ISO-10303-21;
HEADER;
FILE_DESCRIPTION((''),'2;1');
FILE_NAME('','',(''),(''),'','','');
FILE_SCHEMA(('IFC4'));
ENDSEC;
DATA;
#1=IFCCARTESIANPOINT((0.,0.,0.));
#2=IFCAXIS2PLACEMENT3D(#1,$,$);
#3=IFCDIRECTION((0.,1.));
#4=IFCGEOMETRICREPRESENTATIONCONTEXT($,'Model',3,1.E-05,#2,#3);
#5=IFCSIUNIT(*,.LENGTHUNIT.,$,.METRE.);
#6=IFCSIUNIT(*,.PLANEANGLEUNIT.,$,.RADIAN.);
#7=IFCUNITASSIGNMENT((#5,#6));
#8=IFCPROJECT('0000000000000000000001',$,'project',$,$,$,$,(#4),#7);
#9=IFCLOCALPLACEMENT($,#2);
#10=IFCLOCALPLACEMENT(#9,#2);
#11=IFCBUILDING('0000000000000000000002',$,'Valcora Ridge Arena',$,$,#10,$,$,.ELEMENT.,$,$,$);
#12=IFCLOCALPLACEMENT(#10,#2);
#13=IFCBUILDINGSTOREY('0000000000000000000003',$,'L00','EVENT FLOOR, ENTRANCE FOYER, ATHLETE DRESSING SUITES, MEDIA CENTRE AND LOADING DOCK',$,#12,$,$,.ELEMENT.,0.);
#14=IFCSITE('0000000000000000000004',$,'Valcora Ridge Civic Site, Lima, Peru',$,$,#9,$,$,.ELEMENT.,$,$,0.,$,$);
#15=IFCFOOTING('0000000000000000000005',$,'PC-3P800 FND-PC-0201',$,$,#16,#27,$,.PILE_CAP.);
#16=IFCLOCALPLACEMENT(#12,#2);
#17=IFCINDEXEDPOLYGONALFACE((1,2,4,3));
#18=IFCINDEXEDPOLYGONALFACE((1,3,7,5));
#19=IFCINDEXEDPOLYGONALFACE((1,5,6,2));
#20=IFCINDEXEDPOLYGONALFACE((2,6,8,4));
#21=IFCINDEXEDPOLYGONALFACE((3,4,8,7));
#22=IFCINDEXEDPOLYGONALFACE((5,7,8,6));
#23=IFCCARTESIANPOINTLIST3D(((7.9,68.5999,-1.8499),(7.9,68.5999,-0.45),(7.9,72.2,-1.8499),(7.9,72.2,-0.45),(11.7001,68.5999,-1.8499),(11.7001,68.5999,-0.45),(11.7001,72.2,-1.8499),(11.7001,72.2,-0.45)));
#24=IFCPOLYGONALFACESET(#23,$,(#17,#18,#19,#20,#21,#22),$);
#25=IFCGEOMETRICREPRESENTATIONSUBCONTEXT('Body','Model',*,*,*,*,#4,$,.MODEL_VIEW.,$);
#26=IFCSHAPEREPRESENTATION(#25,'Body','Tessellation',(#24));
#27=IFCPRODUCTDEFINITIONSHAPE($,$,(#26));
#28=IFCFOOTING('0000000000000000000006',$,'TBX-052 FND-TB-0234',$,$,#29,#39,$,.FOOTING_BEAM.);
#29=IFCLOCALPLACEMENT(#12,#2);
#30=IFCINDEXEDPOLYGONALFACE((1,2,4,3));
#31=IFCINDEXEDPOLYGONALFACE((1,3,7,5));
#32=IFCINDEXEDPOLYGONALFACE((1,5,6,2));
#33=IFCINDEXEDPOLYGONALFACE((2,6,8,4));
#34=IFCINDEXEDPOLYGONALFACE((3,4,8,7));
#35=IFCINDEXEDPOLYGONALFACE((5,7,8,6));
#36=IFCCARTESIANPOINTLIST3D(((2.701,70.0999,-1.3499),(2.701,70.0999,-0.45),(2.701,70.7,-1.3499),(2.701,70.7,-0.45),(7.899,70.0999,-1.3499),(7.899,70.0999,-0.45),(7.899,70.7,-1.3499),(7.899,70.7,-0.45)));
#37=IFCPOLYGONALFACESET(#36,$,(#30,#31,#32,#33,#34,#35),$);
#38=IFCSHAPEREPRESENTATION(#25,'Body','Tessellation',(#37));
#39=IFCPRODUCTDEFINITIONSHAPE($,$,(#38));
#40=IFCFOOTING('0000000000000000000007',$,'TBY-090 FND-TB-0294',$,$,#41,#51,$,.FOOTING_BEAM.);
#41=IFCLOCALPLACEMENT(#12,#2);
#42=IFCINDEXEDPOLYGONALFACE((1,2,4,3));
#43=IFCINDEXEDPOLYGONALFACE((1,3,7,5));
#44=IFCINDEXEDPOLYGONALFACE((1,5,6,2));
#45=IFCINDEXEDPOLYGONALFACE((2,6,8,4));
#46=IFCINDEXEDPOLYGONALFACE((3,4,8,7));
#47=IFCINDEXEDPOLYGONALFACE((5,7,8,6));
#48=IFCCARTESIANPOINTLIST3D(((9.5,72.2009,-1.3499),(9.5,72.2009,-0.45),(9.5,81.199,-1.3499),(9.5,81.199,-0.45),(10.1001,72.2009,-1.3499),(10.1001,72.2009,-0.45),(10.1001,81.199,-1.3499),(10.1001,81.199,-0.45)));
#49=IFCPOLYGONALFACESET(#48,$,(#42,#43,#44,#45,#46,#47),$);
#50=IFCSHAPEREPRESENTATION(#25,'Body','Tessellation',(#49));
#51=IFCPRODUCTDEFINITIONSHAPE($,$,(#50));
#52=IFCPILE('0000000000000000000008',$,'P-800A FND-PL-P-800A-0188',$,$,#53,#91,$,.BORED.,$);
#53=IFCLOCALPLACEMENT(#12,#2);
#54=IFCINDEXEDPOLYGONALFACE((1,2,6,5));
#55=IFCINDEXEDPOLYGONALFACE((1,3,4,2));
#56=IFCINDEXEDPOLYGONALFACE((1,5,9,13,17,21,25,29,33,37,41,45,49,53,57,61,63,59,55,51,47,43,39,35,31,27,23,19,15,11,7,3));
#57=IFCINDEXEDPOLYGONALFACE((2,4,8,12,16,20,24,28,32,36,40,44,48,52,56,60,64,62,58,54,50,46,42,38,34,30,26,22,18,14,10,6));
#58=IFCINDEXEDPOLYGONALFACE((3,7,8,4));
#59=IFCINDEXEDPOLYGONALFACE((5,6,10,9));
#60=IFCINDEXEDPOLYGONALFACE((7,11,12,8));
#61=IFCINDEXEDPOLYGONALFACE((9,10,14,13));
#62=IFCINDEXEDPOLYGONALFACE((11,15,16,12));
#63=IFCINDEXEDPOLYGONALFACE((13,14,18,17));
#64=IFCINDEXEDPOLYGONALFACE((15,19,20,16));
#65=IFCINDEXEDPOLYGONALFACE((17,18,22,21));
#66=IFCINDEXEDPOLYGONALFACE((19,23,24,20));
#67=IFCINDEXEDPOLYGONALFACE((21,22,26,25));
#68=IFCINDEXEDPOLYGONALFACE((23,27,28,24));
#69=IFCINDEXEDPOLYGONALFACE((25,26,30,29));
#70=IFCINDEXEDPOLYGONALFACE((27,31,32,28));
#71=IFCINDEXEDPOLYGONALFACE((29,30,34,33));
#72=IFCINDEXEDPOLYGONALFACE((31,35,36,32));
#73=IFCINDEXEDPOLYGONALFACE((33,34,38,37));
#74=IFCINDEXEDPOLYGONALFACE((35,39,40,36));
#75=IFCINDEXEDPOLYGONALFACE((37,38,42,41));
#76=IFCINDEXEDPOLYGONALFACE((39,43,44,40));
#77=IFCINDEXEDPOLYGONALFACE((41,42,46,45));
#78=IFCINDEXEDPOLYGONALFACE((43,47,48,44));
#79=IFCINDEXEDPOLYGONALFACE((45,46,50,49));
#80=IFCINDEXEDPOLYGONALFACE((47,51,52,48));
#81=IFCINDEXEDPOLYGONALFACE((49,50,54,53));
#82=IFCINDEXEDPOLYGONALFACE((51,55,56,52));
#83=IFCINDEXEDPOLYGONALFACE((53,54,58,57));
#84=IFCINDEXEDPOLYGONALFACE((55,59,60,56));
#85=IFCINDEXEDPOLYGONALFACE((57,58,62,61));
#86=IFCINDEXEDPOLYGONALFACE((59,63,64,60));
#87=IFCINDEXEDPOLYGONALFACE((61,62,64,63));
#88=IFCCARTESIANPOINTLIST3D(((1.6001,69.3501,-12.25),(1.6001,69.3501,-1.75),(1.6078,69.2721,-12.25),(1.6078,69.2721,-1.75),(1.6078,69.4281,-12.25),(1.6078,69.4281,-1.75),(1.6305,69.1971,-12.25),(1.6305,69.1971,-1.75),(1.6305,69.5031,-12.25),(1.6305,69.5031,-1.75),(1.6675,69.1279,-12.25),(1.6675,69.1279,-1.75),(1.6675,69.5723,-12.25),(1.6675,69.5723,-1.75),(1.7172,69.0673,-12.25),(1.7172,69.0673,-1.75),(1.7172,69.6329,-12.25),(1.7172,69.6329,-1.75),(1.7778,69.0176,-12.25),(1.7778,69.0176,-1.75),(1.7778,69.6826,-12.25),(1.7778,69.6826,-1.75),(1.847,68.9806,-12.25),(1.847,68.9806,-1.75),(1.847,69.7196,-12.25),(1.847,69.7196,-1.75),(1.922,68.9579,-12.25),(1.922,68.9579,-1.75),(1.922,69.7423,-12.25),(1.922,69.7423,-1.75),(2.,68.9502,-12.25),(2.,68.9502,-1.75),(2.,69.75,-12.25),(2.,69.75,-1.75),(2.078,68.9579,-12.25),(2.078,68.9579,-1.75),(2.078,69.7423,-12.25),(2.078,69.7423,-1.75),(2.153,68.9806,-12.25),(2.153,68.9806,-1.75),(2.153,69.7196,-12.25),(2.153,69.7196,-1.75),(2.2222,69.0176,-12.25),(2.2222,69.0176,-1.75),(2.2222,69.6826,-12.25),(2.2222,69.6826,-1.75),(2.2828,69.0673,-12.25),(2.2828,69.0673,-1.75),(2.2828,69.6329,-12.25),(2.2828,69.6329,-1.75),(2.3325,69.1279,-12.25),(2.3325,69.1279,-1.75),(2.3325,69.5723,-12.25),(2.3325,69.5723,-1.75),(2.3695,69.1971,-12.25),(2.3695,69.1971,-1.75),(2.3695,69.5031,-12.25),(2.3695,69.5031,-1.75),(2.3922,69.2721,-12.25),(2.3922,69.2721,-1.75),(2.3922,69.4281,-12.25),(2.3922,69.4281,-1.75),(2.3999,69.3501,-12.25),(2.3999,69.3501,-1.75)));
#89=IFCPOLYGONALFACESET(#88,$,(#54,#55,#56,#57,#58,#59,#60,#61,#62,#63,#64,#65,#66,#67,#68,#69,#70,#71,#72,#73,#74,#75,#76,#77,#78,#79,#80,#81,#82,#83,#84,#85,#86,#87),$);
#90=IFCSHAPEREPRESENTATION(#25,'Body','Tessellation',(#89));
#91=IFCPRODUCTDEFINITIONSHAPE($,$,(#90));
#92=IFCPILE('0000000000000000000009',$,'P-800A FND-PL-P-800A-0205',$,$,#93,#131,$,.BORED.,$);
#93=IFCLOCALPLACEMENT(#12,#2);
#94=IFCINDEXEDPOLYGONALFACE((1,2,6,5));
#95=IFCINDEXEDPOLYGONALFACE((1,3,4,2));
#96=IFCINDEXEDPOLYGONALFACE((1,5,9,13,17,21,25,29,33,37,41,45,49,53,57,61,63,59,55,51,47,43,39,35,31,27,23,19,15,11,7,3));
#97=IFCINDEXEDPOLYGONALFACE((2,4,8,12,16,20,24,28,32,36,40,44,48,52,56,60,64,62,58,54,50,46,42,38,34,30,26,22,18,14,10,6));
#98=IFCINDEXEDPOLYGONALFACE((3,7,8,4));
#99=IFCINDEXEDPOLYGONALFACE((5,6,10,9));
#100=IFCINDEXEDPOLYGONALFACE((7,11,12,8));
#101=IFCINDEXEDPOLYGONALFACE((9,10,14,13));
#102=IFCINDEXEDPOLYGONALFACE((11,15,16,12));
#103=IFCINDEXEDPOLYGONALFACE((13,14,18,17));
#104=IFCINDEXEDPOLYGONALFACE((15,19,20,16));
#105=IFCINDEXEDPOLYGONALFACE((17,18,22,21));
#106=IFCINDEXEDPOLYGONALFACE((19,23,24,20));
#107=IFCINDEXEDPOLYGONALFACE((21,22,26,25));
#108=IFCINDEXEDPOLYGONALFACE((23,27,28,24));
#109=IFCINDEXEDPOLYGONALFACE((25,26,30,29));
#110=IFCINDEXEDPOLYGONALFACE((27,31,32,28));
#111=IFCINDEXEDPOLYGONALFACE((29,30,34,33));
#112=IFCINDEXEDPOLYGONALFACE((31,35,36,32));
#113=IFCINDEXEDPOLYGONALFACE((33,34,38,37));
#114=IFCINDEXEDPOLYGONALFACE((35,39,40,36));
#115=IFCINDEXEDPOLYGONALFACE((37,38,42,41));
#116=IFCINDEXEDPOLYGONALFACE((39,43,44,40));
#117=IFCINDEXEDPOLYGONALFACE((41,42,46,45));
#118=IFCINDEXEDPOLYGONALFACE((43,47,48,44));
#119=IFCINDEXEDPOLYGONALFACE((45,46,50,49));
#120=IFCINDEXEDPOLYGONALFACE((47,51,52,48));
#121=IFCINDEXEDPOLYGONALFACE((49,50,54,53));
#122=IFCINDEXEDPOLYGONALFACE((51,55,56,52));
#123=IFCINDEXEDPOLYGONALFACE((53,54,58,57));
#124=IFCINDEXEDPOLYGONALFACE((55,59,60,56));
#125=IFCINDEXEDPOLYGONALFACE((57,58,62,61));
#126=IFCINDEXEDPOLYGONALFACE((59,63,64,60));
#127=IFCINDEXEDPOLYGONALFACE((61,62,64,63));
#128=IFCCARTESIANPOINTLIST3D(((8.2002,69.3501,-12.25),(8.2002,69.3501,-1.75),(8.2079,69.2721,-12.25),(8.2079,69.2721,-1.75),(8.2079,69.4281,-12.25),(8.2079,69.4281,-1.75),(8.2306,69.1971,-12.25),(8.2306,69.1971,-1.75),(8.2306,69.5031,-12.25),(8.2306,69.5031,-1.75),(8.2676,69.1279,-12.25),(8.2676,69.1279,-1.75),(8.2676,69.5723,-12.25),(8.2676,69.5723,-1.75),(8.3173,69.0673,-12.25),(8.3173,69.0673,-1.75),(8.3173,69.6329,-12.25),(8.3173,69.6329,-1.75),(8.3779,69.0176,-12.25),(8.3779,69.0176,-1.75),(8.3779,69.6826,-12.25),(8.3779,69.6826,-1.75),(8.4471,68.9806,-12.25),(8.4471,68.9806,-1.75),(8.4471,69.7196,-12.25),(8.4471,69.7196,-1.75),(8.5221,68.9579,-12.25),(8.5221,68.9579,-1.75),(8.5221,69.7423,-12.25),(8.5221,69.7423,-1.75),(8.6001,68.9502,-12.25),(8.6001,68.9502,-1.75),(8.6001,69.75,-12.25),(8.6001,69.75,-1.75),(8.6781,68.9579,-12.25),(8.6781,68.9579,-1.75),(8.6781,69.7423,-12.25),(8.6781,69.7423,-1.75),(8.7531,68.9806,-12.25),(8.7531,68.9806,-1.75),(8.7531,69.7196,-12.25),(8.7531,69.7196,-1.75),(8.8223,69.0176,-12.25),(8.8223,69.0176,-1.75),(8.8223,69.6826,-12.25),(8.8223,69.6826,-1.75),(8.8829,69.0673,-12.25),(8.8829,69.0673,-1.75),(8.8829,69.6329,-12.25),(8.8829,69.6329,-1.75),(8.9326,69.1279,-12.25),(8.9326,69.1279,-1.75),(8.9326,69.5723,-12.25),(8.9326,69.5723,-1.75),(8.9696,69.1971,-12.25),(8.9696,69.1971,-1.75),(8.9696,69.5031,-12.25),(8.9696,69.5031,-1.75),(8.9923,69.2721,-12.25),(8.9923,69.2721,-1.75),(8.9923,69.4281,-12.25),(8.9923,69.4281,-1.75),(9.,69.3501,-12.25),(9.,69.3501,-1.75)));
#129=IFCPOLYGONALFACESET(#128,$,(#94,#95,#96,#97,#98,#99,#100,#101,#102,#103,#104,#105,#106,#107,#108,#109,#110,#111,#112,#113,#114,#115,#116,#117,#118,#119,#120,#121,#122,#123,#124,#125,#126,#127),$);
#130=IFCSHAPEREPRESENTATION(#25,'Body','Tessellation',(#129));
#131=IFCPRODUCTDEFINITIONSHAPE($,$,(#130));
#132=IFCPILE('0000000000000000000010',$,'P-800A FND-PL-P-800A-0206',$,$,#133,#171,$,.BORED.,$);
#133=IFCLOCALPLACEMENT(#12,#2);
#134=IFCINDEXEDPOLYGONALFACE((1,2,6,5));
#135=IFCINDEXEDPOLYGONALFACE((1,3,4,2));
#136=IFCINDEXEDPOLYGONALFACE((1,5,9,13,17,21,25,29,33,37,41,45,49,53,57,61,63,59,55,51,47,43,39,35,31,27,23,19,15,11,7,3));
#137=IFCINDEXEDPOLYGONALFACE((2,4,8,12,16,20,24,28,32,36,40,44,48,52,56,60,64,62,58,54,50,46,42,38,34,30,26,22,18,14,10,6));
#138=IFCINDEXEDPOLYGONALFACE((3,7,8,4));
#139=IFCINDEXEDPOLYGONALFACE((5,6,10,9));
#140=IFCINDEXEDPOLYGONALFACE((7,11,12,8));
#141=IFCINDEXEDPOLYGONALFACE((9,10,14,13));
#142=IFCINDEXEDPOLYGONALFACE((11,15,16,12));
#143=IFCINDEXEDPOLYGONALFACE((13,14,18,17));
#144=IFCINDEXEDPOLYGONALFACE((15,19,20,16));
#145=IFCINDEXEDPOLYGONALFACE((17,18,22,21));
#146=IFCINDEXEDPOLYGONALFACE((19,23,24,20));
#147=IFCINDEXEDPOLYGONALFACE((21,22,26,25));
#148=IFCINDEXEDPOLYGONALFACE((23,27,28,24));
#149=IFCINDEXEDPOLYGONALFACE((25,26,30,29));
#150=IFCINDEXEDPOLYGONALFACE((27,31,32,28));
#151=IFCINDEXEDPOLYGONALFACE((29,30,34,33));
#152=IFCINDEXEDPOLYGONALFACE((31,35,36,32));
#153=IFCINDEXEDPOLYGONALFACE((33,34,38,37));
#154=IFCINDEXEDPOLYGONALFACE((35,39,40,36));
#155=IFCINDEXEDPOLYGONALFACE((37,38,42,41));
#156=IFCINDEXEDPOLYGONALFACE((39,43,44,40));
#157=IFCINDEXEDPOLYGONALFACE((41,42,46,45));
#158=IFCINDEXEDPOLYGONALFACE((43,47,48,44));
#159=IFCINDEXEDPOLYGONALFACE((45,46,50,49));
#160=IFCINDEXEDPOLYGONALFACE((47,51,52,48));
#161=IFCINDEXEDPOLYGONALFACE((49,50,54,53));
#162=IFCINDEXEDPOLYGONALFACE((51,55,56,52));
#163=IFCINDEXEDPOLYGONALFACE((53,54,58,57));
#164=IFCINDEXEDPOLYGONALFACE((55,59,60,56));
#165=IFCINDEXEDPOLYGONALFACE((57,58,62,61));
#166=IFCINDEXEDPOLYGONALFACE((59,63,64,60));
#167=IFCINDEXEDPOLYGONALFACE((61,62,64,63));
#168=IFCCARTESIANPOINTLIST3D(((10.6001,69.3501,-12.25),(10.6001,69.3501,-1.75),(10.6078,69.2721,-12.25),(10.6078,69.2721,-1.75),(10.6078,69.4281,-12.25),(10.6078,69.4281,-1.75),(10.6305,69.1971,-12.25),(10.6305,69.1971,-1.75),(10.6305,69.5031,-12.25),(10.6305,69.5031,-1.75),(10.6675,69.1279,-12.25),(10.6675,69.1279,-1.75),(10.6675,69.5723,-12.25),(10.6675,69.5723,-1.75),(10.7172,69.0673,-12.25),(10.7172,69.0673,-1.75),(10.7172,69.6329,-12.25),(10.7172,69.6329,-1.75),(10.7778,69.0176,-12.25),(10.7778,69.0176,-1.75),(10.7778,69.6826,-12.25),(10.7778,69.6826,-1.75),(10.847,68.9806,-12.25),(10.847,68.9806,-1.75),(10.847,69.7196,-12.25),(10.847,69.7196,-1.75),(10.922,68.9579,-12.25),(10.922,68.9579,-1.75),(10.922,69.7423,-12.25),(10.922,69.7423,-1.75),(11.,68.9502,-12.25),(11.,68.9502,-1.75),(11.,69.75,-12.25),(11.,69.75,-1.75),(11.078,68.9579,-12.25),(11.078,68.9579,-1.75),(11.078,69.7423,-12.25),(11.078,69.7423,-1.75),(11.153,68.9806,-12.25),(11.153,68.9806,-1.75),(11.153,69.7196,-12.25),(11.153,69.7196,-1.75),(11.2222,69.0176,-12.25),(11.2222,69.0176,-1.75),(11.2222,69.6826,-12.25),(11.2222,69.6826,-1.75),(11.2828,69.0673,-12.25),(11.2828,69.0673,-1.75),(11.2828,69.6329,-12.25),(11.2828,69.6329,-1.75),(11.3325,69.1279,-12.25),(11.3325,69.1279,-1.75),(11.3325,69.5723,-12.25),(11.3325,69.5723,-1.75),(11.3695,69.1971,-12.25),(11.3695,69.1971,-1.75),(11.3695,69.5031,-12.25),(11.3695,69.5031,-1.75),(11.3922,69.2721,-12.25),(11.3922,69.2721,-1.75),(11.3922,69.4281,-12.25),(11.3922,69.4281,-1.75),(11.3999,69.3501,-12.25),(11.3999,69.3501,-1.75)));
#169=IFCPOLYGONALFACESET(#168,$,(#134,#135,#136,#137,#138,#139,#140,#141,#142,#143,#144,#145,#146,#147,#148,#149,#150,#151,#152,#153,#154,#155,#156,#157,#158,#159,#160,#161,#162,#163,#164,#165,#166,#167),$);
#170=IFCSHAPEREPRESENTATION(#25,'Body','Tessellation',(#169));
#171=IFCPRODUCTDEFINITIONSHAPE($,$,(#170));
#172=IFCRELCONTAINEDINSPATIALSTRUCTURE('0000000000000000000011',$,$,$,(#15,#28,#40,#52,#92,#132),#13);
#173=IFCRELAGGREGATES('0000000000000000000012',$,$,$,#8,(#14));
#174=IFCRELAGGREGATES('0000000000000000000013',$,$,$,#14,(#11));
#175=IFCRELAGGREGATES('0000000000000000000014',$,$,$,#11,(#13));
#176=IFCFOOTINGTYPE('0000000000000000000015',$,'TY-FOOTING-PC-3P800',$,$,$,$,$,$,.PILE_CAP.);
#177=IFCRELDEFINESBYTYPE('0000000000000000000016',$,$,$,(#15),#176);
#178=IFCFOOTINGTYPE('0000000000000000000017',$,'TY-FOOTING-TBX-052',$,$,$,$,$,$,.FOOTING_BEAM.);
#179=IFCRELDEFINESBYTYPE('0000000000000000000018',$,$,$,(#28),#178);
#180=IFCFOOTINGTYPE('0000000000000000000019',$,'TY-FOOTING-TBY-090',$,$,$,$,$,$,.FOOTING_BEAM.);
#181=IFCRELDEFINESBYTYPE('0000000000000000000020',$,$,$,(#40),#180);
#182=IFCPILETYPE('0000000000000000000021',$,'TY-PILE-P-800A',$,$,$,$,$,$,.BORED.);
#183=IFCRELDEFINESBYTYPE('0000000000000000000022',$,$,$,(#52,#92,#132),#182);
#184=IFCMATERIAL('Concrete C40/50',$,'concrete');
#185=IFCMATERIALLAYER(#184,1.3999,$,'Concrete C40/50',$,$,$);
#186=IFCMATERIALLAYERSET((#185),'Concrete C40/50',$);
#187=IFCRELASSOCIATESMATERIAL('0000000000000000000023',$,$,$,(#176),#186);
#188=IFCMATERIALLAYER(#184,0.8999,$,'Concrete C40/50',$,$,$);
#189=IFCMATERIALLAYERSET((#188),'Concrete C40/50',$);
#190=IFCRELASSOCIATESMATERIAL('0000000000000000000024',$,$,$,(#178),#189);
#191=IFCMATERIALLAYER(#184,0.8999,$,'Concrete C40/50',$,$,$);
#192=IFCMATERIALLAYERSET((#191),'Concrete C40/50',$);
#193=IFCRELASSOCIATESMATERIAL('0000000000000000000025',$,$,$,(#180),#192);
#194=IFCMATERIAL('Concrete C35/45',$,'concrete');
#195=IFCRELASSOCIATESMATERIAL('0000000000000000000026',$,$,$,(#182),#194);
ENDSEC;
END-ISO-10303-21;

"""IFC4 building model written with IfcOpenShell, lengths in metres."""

from ifc_helpers import new_model, si_unit, direction, frame, origin, origin_2d, place, context, subcontext, project, spatial, rectangle, circle, extrude, material, layer, layer_set, material_profile, profile_set, type_object, element, save


model = new_model("IFC4")

# Units and contexts
model_context = context("Model", 3, precision=1e-05, world=origin(), true_north=direction((0.0, 1.0)))
body_context = subcontext(model_context, "Body", "Model", "MODEL_VIEW")
ifc_project = project(units=[si_unit("LENGTHUNIT", "METRE"), si_unit("PLANEANGLEUNIT", "RADIAN")], contexts=[model_context])

# Site, building, storey
site_placement = place(None, origin())
site = spatial("IfcSite", under=ifc_project, at=site_placement, Name="Valcora Ridge Civic Site, Lima, Peru", CompositionType="ELEMENT", RefElevation=0.0)
building_placement = place(site_placement, origin())
building = spatial("IfcBuilding", under=site, at=building_placement, Name="Valcora Ridge Arena", CompositionType="ELEMENT")
storey_placement = place(building_placement, origin())
storey = spatial("IfcBuildingStorey", under=building, at=storey_placement, Name="L00", Description="EVENT FLOOR, ENTRANCE FOYER, ATHLETE DRESSING SUITES, MEDIA CENTRE AND LOADING DOCK", CompositionType="ELEMENT", Elevation=0.0)

# Footings
ifc_material_1 = material(Name="Concrete C40/50", Category="concrete")
ifc_layer_1 = layer(ifc_material_1, 1.3999, Name="Concrete C40/50")
ifc_layer_set_1 = layer_set([ifc_layer_1], Name="Concrete C40/50")
footing_type_1 = type_object("IfcFootingType", Name="TY-FOOTING-PC-3P800", PredefinedType="PILE_CAP", material=ifc_layer_set_1)
footing_1_placement = place(storey_placement, frame((9.8, 70.3999, -1.8499), z_axis=(0.0, 0.0, 1.0), x_axis=(1.0, 0.0, 0.0)))
element("IfcFooting", 1, at=footing_1_placement, inside=storey, type_object=footing_type_1, Name="PC-3P800 FND-PC-0201", PredefinedType="PILE_CAP", context=body_context, shape_type="SweptSolid", body=[
    extrude(rectangle(XDim=3.8, YDim=3.6001, at=origin_2d()), origin(), (0.0, 0.0, 1.0), 1.3999),
])
ifc_layer_2 = layer(ifc_material_1, 0.8999, Name="Concrete C40/50")
ifc_layer_set_2 = layer_set([ifc_layer_2], Name="Concrete C40/50")
footing_type_2 = type_object("IfcFootingType", Name="TY-FOOTING-TBX-052", PredefinedType="FOOTING_BEAM", material=ifc_layer_set_2)
footing_2_placement = place(storey_placement, frame((5.3, 70.3999, -1.3499), z_axis=(0.0, 0.0, 1.0), x_axis=(1.0, 0.0, 0.0)))
element("IfcFooting", 2, at=footing_2_placement, inside=storey, type_object=footing_type_2, Name="TBX-052 FND-TB-0234", PredefinedType="FOOTING_BEAM", context=body_context, shape_type="SweptSolid", body=[
    extrude(rectangle(XDim=5.198, YDim=0.6001, at=origin_2d()), origin(), (0.0, 0.0, 1.0), 0.8999),
])
ifc_layer_3 = layer(ifc_material_1, 0.8999, Name="Concrete C40/50")
ifc_layer_set_3 = layer_set([ifc_layer_3], Name="Concrete C40/50")
footing_type_3 = type_object("IfcFootingType", Name="TY-FOOTING-TBY-090", PredefinedType="FOOTING_BEAM", material=ifc_layer_set_3)
footing_3_placement = place(storey_placement, frame((9.8, 76.7, -1.3499), z_axis=(0.0, 0.0, 1.0), x_axis=(1.0, 0.0, 0.0)))
element("IfcFooting", 3, at=footing_3_placement, inside=storey, type_object=footing_type_3, Name="TBY-090 FND-TB-0294", PredefinedType="FOOTING_BEAM", context=body_context, shape_type="SweptSolid", body=[
    extrude(rectangle(XDim=0.6001, YDim=8.998, at=origin_2d()), origin(), (0.0, 0.0, 1.0), 0.8999),
])

# Piles
ifc_material_2 = material(Name="Concrete C35/45", Category="concrete")
ifc_material_profile_1 = material_profile(ifc_material_2, circle(Radius=0.3999, at=origin_2d()), Name="BORED PILE D800")
ifc_profile_set_1 = profile_set([ifc_material_profile_1], Name="Concrete C35/45")
pile_type = type_object("IfcPileType", Name="TY-PILE-P-800A", PredefinedType="BORED", material=ifc_profile_set_1)
for number, where, z_axis, x_axis, name in (
    (4, (2.0, 69.3501, -1.75), (0.0, 0.0, -1.0), (1.0, 0.0, 0.0), "P-800A FND-PL-P-800A-0188"),
    (5, (8.6001, 69.3501, -1.75), (0.0, 0.0, -1.0), (1.0, 0.0, 0.0), "P-800A FND-PL-P-800A-0205"),
    (6, (11.0, 69.3501, -1.75), (0.0, 0.0, -1.0), (1.0, 0.0, 0.0), "P-800A FND-PL-P-800A-0206"),
):
    element("IfcPile", number, at=place(storey_placement, frame(where, z_axis=z_axis, x_axis=x_axis)), inside=storey, type_object=pile_type, Name=name, PredefinedType="BORED", context=body_context, shape_type="SweptSolid", body=[
        extrude(circle(Radius=0.3999, at=origin_2d()), origin(), (0.0, 0.0, 1.0), 10.5),
    ])

save(model, "model.ifc")
